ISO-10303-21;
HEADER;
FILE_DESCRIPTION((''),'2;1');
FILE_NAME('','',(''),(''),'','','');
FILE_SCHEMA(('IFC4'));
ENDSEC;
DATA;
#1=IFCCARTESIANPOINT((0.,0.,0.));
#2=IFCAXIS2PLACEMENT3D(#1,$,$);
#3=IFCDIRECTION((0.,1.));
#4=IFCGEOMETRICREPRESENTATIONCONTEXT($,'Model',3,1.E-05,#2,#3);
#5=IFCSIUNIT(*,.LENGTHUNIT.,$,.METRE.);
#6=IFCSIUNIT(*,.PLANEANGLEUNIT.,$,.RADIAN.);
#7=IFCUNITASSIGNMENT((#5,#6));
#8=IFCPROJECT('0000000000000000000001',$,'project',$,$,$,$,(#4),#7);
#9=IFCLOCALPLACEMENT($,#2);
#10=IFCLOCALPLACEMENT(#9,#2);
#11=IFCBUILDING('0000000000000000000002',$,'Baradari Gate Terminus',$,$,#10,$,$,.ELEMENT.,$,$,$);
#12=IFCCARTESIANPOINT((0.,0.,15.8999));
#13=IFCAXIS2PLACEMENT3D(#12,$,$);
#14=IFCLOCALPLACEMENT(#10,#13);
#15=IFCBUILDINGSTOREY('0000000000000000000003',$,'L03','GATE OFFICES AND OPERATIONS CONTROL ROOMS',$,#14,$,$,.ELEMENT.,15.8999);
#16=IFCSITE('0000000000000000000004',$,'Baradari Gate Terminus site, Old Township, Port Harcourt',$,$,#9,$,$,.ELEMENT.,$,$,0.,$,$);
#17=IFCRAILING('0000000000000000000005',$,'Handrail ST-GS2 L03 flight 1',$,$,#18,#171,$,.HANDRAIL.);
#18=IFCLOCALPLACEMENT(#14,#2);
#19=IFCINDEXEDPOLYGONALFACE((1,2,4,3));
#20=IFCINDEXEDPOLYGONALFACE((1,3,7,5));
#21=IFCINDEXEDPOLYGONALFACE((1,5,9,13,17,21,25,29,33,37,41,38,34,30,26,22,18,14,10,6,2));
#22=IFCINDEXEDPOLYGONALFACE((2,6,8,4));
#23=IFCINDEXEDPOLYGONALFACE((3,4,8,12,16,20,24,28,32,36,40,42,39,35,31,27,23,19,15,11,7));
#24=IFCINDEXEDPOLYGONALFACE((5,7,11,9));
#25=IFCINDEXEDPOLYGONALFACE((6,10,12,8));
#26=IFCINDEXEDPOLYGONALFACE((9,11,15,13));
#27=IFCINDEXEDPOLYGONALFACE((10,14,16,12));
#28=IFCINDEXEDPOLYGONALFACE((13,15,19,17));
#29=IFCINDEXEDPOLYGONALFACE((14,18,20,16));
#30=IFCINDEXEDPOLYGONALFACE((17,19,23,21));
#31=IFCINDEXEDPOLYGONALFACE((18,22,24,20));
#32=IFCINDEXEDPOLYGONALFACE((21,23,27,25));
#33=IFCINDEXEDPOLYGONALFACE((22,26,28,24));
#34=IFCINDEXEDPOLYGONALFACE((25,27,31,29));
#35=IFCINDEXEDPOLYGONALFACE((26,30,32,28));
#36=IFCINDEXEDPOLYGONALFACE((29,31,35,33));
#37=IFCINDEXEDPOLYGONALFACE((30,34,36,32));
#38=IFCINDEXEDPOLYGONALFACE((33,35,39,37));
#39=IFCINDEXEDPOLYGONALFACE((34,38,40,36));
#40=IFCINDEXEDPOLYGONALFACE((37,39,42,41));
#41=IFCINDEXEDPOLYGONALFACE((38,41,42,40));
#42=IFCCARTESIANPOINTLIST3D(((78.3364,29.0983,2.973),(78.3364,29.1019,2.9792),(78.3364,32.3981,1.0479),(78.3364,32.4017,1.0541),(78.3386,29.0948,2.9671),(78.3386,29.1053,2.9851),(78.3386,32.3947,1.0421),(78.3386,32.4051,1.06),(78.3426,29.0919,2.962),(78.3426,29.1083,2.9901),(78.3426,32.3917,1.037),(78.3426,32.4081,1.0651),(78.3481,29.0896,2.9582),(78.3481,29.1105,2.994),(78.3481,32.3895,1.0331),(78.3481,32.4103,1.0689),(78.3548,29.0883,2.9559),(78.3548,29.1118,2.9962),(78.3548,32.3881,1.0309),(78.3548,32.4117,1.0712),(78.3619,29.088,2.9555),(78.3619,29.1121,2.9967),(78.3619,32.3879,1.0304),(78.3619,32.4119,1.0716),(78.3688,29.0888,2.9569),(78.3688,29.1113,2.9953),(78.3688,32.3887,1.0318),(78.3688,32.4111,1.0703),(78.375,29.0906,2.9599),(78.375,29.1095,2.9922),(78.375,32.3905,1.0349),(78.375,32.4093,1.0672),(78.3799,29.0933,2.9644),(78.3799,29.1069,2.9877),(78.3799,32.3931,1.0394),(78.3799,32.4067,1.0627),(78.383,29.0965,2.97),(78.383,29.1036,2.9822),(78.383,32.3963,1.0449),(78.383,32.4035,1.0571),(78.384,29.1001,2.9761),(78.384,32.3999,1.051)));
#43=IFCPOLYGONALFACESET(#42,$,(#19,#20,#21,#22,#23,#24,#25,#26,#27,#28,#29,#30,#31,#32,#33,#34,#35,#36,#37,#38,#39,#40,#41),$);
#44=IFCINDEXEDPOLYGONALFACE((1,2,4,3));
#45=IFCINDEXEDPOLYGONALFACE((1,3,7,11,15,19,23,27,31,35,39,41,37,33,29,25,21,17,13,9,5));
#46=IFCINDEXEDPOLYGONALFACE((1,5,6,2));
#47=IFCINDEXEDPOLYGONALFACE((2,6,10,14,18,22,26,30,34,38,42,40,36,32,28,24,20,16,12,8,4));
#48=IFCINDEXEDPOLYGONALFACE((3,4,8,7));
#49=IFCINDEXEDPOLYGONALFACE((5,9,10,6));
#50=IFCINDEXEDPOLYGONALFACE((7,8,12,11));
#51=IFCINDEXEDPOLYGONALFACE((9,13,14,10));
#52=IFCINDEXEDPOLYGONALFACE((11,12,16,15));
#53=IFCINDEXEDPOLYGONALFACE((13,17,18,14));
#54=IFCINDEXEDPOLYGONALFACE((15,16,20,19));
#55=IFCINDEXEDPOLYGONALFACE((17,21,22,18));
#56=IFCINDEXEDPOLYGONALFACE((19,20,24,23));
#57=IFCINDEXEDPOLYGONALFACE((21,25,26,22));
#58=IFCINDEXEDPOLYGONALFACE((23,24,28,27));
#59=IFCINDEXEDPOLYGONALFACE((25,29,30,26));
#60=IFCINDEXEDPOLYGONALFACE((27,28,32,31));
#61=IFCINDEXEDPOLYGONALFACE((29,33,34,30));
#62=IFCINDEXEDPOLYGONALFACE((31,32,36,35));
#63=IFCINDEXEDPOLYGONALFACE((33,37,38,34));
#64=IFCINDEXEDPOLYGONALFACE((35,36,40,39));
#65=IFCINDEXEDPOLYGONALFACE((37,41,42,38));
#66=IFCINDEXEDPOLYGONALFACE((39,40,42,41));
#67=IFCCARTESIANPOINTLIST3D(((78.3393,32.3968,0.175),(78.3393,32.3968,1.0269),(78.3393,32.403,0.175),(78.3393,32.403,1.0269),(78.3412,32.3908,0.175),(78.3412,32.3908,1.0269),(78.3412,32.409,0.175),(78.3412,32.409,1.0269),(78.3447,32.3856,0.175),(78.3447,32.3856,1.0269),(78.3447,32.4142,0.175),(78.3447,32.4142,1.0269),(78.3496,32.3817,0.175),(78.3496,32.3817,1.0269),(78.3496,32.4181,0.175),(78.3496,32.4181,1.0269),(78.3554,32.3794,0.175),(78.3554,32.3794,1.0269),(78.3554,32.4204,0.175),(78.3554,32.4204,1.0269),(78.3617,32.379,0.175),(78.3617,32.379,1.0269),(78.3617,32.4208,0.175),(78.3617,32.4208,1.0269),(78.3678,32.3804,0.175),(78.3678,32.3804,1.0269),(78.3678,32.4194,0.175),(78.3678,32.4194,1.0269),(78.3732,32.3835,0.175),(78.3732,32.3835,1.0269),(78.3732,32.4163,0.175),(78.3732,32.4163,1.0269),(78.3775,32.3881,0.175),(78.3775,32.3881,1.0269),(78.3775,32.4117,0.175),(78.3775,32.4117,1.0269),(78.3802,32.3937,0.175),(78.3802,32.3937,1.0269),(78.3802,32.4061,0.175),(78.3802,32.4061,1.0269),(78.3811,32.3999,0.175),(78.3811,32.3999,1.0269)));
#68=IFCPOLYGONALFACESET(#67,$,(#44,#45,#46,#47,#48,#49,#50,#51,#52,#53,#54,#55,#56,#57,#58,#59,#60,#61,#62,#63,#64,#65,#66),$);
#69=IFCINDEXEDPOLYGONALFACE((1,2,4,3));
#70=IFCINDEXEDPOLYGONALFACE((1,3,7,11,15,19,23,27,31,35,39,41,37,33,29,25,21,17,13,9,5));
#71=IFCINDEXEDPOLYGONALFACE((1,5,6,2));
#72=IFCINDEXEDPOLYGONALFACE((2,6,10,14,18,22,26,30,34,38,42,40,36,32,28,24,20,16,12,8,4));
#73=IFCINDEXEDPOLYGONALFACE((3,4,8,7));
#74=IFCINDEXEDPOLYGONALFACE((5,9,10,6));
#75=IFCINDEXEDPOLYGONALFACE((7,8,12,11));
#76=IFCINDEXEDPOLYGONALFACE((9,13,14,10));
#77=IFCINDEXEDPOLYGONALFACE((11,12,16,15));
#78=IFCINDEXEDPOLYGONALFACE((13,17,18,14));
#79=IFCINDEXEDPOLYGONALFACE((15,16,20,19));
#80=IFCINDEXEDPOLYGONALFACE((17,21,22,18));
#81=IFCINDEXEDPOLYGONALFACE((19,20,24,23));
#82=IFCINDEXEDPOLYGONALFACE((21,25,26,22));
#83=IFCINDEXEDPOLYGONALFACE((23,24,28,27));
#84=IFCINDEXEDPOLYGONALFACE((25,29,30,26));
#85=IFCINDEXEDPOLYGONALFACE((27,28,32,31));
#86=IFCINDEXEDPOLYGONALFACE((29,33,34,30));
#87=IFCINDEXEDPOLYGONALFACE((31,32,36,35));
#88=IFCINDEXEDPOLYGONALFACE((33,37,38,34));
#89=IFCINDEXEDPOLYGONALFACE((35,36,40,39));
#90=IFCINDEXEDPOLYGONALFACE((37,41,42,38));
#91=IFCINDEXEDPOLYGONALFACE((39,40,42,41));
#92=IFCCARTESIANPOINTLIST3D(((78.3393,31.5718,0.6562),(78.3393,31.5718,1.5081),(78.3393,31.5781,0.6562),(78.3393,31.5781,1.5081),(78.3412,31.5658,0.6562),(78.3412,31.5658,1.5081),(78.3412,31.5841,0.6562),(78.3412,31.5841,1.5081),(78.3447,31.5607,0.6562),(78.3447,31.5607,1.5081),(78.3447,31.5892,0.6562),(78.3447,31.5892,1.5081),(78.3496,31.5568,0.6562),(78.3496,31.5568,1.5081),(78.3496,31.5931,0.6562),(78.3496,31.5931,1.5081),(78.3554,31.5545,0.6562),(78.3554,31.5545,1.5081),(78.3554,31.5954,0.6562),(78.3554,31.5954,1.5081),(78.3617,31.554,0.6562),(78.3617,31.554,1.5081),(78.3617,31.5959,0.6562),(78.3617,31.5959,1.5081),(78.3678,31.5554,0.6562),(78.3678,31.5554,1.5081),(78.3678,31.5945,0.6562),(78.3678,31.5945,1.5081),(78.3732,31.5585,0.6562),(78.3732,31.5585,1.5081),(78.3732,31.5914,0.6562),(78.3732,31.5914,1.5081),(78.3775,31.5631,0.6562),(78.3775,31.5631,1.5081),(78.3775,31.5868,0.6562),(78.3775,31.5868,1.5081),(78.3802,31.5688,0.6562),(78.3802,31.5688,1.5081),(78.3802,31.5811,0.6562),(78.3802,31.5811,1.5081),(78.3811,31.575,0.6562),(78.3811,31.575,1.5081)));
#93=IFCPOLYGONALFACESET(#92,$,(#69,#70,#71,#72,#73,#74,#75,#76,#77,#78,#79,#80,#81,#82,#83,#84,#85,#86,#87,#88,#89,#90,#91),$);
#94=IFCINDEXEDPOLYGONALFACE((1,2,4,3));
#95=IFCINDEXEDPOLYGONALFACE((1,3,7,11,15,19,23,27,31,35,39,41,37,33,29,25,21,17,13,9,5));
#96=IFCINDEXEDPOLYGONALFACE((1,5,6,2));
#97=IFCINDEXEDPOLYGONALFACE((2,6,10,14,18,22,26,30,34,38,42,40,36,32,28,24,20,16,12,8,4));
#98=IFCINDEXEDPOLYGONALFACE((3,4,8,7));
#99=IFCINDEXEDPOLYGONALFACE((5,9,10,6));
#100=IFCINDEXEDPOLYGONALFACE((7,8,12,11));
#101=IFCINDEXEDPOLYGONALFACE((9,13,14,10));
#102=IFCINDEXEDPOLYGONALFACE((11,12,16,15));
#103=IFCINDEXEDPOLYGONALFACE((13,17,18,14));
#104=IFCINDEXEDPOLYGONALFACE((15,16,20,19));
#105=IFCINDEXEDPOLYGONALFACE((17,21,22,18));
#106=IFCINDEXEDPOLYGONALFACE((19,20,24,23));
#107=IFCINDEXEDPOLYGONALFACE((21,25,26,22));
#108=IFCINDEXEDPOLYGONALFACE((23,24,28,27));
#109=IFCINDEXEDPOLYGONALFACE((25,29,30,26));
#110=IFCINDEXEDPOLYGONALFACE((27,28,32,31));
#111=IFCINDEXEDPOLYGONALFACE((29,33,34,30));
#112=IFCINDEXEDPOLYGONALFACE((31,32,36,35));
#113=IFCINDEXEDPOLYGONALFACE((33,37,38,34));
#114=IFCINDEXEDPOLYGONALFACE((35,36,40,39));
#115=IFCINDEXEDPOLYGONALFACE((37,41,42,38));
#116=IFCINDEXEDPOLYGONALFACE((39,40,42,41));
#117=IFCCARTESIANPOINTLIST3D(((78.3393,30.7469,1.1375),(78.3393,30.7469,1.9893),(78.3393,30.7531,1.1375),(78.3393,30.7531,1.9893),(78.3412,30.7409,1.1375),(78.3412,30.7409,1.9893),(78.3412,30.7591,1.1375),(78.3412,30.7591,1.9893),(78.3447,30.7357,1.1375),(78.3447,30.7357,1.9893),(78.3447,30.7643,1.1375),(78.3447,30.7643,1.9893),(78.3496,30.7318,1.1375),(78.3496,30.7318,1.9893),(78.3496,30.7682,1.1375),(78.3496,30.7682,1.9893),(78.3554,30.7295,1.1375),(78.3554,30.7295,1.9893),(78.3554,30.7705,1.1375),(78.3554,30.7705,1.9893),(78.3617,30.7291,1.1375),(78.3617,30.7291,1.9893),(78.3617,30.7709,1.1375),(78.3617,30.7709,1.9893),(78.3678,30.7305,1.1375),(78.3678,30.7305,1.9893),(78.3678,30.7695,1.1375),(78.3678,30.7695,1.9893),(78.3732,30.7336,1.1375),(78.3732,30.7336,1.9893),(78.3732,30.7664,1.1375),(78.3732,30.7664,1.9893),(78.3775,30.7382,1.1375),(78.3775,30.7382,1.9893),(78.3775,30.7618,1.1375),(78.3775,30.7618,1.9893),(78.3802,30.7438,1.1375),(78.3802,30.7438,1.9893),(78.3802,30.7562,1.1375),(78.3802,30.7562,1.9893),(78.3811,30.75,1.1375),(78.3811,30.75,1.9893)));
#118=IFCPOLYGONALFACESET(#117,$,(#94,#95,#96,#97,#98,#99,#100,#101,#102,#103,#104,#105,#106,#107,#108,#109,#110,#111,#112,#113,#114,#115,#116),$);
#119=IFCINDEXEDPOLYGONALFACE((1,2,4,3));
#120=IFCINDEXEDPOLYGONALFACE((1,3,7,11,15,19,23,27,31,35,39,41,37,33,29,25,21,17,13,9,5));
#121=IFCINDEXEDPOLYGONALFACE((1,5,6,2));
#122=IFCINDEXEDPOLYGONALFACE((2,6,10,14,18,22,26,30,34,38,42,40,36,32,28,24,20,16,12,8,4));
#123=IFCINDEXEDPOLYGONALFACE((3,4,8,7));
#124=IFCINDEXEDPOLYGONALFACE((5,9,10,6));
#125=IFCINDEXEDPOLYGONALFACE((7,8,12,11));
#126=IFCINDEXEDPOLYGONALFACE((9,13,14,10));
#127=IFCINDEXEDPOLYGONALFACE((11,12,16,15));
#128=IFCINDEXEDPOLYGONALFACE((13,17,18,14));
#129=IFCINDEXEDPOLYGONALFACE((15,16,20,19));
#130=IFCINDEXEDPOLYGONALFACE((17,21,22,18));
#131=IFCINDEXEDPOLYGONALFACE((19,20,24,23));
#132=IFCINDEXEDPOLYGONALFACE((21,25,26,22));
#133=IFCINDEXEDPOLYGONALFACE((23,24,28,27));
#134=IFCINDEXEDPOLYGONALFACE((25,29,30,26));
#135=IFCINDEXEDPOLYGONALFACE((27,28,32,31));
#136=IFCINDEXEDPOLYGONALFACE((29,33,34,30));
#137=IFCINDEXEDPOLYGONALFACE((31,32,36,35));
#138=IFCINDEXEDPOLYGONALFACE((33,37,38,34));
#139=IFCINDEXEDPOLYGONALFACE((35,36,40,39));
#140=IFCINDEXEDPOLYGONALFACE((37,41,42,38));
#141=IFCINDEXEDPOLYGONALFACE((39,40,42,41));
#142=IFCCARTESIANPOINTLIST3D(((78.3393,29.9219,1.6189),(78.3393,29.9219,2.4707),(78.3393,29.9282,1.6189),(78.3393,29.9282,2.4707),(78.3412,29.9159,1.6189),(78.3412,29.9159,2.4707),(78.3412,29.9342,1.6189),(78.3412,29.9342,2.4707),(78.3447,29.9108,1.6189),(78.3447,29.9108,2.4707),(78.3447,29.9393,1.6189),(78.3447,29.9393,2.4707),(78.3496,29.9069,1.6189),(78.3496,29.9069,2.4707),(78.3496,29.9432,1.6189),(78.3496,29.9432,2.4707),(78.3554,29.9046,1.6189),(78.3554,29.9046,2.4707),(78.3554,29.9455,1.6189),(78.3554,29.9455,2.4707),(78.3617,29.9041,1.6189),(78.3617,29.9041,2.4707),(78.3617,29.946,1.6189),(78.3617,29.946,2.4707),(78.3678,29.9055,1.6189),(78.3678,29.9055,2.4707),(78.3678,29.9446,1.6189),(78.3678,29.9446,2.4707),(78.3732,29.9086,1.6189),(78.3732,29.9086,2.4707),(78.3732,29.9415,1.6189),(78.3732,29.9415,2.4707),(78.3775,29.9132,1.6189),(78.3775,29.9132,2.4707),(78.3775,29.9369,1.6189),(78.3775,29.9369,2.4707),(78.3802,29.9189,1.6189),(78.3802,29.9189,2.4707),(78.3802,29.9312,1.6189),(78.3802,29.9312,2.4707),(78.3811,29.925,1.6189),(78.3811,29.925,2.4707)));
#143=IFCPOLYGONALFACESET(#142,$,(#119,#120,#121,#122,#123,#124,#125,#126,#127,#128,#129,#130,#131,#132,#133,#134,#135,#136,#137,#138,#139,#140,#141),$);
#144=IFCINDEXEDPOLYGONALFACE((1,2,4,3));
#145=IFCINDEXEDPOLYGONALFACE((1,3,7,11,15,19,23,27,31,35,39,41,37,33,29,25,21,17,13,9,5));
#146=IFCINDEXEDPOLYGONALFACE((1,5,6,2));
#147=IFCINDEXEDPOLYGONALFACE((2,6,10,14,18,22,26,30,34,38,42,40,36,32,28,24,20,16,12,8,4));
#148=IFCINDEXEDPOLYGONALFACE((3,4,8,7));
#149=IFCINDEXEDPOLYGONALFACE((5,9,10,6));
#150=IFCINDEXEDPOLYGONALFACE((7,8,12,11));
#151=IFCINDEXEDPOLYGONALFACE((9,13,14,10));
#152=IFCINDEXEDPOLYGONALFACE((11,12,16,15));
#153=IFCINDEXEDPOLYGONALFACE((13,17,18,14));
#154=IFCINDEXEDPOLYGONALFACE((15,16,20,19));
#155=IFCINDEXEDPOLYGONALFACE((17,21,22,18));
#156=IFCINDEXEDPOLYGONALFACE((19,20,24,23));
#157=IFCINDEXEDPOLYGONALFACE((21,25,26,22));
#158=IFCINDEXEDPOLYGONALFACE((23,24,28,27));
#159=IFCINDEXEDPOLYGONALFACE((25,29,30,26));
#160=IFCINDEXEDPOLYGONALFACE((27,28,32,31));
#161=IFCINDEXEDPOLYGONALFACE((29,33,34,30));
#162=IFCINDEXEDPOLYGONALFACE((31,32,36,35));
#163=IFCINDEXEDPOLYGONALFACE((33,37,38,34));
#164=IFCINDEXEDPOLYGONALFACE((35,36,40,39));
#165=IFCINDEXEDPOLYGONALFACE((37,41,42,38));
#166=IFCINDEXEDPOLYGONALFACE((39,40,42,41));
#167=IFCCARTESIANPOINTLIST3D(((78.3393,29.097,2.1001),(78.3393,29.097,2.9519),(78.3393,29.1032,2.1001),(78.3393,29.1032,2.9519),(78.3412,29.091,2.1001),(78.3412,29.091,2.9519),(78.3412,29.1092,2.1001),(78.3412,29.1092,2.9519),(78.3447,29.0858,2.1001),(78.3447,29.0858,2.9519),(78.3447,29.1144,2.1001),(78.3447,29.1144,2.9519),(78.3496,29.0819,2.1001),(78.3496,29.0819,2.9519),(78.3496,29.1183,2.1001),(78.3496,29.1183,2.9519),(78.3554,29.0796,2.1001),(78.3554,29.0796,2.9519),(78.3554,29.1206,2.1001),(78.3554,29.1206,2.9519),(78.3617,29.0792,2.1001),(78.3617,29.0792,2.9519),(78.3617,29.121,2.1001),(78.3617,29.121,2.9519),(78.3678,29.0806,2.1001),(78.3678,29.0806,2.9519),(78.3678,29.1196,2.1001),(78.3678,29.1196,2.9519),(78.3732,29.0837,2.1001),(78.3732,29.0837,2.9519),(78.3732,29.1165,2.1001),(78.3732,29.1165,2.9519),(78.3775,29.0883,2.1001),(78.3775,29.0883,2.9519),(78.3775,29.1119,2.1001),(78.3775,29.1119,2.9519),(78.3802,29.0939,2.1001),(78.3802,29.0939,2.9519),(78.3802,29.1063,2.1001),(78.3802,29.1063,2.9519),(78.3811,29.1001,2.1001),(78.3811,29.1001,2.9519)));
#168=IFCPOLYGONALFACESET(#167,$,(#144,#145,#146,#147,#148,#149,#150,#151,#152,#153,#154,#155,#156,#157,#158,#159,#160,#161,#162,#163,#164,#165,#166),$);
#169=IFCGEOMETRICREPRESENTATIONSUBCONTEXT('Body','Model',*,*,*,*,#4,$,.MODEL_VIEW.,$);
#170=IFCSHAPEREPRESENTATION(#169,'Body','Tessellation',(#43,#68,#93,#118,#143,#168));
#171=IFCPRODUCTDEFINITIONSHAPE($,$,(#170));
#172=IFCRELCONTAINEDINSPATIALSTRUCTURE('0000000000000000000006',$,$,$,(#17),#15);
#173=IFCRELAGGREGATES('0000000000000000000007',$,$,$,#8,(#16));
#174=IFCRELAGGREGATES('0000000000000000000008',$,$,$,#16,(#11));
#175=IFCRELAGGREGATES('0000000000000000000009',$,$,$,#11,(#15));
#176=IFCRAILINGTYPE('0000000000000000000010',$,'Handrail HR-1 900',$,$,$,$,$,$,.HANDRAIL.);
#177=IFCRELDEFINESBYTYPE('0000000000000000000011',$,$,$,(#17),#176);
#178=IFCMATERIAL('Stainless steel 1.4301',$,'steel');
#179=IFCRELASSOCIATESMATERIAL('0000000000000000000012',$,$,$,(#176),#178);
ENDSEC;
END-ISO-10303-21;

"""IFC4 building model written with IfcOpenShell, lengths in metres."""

from ifc_helpers import new_model, si_unit, direction, frame, origin, origin_2d, place, context, subcontext, project, spatial, circle, extrude, material, type_object, element, save


model = new_model("IFC4")

# Units and contexts
model_context = context("Model", 3, precision=1e-05, world=origin(), true_north=direction((0.0, 1.0)))
body_context = subcontext(model_context, "Body", "Model", "MODEL_VIEW")
ifc_project = project(units=[si_unit("LENGTHUNIT", "METRE"), si_unit("PLANEANGLEUNIT", "RADIAN")], contexts=[model_context])

# Site, building, storey
site_placement = place(None, origin())
site = spatial("IfcSite", under=ifc_project, at=site_placement, Name="Baradari Gate Terminus site, Old Township, Port Harcourt", CompositionType="ELEMENT", RefElevation=0.0)
building_placement = place(site_placement, origin())
building = spatial("IfcBuilding", under=site, at=building_placement, Name="Baradari Gate Terminus", CompositionType="ELEMENT")
storey_placement = place(building_placement, frame((0.0, 0.0, 15.8999)))
storey = spatial("IfcBuildingStorey", under=building, at=storey_placement, Name="L03", Description="GATE OFFICES AND OPERATIONS CONTROL ROOMS", CompositionType="ELEMENT", Elevation=15.8999)

# Railing
ifc_material_1 = material(Name="Stainless steel 1.4301", Category="steel")
railing_type = type_object("IfcRailingType", Name="Handrail HR-1 900", PredefinedType="HANDRAIL", material=ifc_material_1)
for number, where, name in (
    (1, (78.3601, 32.3999, 0.175), "Handrail ST-GS2 L03 flight 1"),
):
    element("IfcRailing", number, at=place(storey_placement, frame(where)), inside=storey, type_object=railing_type, Name=name, PredefinedType="HANDRAIL", context=body_context, shape_type="SweptSolid", body=[
        extrude(circle(Radius=0.0239, at=origin_2d()), frame((0.0, 0.0, 0.876), z_axis=(0.0, -0.86376, 0.503903), x_axis=(1.0, 0.0, 0.0)), (0.0, 0.0, 1.0), 3.8203),
        extrude(circle(Radius=0.021, at=origin_2d()), origin(), (0.0, 0.0, 1.0), 0.8518),
        extrude(circle(Radius=0.021, at=origin_2d()), frame((0.0, -0.825, 0.4812)), (0.0, 0.0, 1.0), 0.8518),
        extrude(circle(Radius=0.021, at=origin_2d()), frame((0.0, -1.6499, 0.9624)), (0.0, 0.0, 1.0), 0.8518),
        extrude(circle(Radius=0.021, at=origin_2d()), frame((0.0, -2.4749, 1.4438)), (0.0, 0.0, 1.0), 0.8518),
        extrude(circle(Radius=0.021, at=origin_2d()), frame((0.0, -3.2998, 1.925)), (0.0, 0.0, 1.0), 0.8518),
    ])

save(model, "model.ifc")
